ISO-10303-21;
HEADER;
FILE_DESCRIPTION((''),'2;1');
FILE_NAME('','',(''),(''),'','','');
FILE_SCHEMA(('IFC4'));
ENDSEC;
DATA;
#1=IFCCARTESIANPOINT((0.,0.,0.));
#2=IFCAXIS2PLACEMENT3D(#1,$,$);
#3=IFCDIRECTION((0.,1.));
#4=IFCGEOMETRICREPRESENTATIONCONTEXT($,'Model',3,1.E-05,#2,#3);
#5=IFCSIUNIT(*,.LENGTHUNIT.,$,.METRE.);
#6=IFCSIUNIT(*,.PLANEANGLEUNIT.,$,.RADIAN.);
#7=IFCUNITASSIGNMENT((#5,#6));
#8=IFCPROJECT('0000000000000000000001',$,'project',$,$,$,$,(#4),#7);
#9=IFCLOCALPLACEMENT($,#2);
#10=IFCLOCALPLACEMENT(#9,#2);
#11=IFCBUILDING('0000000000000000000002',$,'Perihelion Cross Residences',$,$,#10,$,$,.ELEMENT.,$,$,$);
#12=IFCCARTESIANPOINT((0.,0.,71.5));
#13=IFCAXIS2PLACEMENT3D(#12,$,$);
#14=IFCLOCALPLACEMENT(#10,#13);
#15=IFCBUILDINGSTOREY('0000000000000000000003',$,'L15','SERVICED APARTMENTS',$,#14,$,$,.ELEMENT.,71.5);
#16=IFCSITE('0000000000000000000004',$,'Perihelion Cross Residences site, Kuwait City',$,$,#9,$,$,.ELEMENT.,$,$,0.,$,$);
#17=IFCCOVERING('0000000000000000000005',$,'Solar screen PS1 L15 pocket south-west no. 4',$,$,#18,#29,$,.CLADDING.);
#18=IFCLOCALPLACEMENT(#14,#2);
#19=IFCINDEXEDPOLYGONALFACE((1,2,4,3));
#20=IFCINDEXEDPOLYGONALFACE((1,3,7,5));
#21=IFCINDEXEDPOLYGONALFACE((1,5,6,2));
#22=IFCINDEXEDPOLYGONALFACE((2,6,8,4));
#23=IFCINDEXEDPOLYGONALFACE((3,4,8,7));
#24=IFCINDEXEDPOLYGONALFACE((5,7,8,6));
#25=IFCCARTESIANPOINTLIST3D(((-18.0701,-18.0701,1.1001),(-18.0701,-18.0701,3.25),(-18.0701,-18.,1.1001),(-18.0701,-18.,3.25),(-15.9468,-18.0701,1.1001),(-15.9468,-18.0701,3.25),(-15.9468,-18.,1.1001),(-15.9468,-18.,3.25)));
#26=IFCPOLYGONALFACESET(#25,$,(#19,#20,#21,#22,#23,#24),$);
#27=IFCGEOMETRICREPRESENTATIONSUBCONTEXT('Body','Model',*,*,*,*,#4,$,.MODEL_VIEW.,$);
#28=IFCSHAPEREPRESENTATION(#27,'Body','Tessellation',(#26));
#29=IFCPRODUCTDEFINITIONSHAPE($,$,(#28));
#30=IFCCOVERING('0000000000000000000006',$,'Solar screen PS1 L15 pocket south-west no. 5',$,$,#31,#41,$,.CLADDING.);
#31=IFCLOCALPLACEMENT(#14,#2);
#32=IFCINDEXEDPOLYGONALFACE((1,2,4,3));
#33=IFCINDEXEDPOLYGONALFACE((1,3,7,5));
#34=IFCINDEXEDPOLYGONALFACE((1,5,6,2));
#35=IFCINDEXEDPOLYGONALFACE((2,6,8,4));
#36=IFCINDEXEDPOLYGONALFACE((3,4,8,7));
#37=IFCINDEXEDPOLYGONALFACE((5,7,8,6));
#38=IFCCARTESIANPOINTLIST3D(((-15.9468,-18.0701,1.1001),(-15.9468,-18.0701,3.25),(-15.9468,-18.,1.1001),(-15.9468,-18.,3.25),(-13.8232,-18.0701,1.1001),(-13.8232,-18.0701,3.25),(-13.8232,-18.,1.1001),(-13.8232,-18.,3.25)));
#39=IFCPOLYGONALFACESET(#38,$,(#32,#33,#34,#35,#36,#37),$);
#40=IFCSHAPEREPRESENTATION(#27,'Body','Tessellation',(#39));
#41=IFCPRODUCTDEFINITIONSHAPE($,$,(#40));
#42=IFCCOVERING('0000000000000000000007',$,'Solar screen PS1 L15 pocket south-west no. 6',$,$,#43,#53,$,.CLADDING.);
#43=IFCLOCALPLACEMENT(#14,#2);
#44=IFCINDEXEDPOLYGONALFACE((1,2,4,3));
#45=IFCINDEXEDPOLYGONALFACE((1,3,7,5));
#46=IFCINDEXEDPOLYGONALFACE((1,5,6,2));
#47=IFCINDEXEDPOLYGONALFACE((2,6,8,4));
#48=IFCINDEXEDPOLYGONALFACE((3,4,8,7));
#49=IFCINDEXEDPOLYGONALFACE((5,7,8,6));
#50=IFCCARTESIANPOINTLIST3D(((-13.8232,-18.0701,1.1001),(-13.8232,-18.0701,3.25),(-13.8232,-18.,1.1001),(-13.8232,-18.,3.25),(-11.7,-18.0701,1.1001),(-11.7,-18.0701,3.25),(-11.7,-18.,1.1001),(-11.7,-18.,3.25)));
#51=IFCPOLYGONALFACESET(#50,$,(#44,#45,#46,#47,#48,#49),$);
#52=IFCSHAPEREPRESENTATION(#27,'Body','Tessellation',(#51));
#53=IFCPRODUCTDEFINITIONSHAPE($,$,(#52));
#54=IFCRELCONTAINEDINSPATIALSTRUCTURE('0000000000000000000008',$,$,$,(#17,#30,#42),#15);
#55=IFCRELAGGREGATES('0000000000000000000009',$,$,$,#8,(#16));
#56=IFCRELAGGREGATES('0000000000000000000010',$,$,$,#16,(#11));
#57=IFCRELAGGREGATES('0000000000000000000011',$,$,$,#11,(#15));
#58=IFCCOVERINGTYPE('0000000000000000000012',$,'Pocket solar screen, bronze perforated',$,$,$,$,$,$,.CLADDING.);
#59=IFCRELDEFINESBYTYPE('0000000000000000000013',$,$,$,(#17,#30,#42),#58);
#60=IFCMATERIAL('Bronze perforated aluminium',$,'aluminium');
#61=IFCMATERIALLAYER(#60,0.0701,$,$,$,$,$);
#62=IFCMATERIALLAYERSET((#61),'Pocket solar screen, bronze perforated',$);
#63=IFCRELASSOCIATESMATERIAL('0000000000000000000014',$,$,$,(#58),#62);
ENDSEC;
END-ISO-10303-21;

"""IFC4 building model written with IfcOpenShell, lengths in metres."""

from ifc_helpers import new_model, si_unit, direction, frame, origin, place, context, subcontext, project, spatial, polyline, outline, extrude, material, layer, layer_set, type_object, element, save


model = new_model("IFC4")

# Units and contexts
model_context = context("Model", 3, precision=1e-05, world=origin(), true_north=direction((0.0, 1.0)))
body_context = subcontext(model_context, "Body", "Model", "MODEL_VIEW")
ifc_project = project(units=[si_unit("LENGTHUNIT", "METRE"), si_unit("PLANEANGLEUNIT", "RADIAN")], contexts=[model_context])

# Site, building, storey
site_placement = place(None, origin())
site = spatial("IfcSite", under=ifc_project, at=site_placement, Name="Perihelion Cross Residences site, Kuwait City", CompositionType="ELEMENT", RefElevation=0.0)
building_placement = place(site_placement, origin())
building = spatial("IfcBuilding", under=site, at=building_placement, Name="Perihelion Cross Residences", CompositionType="ELEMENT")
storey_placement = place(building_placement, frame((0.0, 0.0, 71.5)))
storey = spatial("IfcBuildingStorey", under=building, at=storey_placement, Name="L15", Description="SERVICED APARTMENTS", CompositionType="ELEMENT", Elevation=71.5)

# Coverings
ifc_material_1 = material(Name="Bronze perforated aluminium", Category="aluminium")
ifc_layer_1 = layer(ifc_material_1, 0.0701)
ifc_layer_set_1 = layer_set([ifc_layer_1], Name="Pocket solar screen, bronze perforated")
covering_type_1 = type_object("IfcCoveringType", Name="Pocket solar screen, bronze perforated", PredefinedType="CLADDING", material=ifc_layer_set_1)
covering_1_placement = place(storey_placement, frame((0.0, 0.0, 1.1001)))
element("IfcCovering", 1, at=covering_1_placement, inside=storey, type_object=covering_type_1, Name="Solar screen PS1 L15 pocket south-west no. 4", PredefinedType="CLADDING", context=body_context, shape_type="SweptSolid", body=[
    extrude(outline(polyline([(-15.9468, -18.0701), (-15.9468, -18.0), (-18.0701, -18.0), (-18.0701, -18.0701), (-15.9468, -18.0701)])), origin(), (0.0, 0.0, 1.0), 2.1499),
])
covering_2_placement = place(storey_placement, frame((0.0, 0.0, 1.1001)))
element("IfcCovering", 2, at=covering_2_placement, inside=storey, type_object=covering_type_1, Name="Solar screen PS1 L15 pocket south-west no. 5", PredefinedType="CLADDING", context=body_context, shape_type="SweptSolid", body=[
    extrude(outline(polyline([(-13.8232, -18.0701), (-13.8232, -18.0), (-15.9468, -18.0), (-15.9468, -18.0701), (-13.8232, -18.0701)])), origin(), (0.0, 0.0, 1.0), 2.1499),
])
covering_3_placement = place(storey_placement, frame((0.0, 0.0, 1.1001)))
element("IfcCovering", 3, at=covering_3_placement, inside=storey, type_object=covering_type_1, Name="Solar screen PS1 L15 pocket south-west no. 6", PredefinedType="CLADDING", context=body_context, shape_type="SweptSolid", body=[
    extrude(outline(polyline([(-11.7, -18.0701), (-11.7, -18.0), (-13.8232, -18.0), (-13.8232, -18.0701), (-11.7, -18.0701)])), origin(), (0.0, 0.0, 1.0), 2.1499),
])

save(model, "model.ifc")
